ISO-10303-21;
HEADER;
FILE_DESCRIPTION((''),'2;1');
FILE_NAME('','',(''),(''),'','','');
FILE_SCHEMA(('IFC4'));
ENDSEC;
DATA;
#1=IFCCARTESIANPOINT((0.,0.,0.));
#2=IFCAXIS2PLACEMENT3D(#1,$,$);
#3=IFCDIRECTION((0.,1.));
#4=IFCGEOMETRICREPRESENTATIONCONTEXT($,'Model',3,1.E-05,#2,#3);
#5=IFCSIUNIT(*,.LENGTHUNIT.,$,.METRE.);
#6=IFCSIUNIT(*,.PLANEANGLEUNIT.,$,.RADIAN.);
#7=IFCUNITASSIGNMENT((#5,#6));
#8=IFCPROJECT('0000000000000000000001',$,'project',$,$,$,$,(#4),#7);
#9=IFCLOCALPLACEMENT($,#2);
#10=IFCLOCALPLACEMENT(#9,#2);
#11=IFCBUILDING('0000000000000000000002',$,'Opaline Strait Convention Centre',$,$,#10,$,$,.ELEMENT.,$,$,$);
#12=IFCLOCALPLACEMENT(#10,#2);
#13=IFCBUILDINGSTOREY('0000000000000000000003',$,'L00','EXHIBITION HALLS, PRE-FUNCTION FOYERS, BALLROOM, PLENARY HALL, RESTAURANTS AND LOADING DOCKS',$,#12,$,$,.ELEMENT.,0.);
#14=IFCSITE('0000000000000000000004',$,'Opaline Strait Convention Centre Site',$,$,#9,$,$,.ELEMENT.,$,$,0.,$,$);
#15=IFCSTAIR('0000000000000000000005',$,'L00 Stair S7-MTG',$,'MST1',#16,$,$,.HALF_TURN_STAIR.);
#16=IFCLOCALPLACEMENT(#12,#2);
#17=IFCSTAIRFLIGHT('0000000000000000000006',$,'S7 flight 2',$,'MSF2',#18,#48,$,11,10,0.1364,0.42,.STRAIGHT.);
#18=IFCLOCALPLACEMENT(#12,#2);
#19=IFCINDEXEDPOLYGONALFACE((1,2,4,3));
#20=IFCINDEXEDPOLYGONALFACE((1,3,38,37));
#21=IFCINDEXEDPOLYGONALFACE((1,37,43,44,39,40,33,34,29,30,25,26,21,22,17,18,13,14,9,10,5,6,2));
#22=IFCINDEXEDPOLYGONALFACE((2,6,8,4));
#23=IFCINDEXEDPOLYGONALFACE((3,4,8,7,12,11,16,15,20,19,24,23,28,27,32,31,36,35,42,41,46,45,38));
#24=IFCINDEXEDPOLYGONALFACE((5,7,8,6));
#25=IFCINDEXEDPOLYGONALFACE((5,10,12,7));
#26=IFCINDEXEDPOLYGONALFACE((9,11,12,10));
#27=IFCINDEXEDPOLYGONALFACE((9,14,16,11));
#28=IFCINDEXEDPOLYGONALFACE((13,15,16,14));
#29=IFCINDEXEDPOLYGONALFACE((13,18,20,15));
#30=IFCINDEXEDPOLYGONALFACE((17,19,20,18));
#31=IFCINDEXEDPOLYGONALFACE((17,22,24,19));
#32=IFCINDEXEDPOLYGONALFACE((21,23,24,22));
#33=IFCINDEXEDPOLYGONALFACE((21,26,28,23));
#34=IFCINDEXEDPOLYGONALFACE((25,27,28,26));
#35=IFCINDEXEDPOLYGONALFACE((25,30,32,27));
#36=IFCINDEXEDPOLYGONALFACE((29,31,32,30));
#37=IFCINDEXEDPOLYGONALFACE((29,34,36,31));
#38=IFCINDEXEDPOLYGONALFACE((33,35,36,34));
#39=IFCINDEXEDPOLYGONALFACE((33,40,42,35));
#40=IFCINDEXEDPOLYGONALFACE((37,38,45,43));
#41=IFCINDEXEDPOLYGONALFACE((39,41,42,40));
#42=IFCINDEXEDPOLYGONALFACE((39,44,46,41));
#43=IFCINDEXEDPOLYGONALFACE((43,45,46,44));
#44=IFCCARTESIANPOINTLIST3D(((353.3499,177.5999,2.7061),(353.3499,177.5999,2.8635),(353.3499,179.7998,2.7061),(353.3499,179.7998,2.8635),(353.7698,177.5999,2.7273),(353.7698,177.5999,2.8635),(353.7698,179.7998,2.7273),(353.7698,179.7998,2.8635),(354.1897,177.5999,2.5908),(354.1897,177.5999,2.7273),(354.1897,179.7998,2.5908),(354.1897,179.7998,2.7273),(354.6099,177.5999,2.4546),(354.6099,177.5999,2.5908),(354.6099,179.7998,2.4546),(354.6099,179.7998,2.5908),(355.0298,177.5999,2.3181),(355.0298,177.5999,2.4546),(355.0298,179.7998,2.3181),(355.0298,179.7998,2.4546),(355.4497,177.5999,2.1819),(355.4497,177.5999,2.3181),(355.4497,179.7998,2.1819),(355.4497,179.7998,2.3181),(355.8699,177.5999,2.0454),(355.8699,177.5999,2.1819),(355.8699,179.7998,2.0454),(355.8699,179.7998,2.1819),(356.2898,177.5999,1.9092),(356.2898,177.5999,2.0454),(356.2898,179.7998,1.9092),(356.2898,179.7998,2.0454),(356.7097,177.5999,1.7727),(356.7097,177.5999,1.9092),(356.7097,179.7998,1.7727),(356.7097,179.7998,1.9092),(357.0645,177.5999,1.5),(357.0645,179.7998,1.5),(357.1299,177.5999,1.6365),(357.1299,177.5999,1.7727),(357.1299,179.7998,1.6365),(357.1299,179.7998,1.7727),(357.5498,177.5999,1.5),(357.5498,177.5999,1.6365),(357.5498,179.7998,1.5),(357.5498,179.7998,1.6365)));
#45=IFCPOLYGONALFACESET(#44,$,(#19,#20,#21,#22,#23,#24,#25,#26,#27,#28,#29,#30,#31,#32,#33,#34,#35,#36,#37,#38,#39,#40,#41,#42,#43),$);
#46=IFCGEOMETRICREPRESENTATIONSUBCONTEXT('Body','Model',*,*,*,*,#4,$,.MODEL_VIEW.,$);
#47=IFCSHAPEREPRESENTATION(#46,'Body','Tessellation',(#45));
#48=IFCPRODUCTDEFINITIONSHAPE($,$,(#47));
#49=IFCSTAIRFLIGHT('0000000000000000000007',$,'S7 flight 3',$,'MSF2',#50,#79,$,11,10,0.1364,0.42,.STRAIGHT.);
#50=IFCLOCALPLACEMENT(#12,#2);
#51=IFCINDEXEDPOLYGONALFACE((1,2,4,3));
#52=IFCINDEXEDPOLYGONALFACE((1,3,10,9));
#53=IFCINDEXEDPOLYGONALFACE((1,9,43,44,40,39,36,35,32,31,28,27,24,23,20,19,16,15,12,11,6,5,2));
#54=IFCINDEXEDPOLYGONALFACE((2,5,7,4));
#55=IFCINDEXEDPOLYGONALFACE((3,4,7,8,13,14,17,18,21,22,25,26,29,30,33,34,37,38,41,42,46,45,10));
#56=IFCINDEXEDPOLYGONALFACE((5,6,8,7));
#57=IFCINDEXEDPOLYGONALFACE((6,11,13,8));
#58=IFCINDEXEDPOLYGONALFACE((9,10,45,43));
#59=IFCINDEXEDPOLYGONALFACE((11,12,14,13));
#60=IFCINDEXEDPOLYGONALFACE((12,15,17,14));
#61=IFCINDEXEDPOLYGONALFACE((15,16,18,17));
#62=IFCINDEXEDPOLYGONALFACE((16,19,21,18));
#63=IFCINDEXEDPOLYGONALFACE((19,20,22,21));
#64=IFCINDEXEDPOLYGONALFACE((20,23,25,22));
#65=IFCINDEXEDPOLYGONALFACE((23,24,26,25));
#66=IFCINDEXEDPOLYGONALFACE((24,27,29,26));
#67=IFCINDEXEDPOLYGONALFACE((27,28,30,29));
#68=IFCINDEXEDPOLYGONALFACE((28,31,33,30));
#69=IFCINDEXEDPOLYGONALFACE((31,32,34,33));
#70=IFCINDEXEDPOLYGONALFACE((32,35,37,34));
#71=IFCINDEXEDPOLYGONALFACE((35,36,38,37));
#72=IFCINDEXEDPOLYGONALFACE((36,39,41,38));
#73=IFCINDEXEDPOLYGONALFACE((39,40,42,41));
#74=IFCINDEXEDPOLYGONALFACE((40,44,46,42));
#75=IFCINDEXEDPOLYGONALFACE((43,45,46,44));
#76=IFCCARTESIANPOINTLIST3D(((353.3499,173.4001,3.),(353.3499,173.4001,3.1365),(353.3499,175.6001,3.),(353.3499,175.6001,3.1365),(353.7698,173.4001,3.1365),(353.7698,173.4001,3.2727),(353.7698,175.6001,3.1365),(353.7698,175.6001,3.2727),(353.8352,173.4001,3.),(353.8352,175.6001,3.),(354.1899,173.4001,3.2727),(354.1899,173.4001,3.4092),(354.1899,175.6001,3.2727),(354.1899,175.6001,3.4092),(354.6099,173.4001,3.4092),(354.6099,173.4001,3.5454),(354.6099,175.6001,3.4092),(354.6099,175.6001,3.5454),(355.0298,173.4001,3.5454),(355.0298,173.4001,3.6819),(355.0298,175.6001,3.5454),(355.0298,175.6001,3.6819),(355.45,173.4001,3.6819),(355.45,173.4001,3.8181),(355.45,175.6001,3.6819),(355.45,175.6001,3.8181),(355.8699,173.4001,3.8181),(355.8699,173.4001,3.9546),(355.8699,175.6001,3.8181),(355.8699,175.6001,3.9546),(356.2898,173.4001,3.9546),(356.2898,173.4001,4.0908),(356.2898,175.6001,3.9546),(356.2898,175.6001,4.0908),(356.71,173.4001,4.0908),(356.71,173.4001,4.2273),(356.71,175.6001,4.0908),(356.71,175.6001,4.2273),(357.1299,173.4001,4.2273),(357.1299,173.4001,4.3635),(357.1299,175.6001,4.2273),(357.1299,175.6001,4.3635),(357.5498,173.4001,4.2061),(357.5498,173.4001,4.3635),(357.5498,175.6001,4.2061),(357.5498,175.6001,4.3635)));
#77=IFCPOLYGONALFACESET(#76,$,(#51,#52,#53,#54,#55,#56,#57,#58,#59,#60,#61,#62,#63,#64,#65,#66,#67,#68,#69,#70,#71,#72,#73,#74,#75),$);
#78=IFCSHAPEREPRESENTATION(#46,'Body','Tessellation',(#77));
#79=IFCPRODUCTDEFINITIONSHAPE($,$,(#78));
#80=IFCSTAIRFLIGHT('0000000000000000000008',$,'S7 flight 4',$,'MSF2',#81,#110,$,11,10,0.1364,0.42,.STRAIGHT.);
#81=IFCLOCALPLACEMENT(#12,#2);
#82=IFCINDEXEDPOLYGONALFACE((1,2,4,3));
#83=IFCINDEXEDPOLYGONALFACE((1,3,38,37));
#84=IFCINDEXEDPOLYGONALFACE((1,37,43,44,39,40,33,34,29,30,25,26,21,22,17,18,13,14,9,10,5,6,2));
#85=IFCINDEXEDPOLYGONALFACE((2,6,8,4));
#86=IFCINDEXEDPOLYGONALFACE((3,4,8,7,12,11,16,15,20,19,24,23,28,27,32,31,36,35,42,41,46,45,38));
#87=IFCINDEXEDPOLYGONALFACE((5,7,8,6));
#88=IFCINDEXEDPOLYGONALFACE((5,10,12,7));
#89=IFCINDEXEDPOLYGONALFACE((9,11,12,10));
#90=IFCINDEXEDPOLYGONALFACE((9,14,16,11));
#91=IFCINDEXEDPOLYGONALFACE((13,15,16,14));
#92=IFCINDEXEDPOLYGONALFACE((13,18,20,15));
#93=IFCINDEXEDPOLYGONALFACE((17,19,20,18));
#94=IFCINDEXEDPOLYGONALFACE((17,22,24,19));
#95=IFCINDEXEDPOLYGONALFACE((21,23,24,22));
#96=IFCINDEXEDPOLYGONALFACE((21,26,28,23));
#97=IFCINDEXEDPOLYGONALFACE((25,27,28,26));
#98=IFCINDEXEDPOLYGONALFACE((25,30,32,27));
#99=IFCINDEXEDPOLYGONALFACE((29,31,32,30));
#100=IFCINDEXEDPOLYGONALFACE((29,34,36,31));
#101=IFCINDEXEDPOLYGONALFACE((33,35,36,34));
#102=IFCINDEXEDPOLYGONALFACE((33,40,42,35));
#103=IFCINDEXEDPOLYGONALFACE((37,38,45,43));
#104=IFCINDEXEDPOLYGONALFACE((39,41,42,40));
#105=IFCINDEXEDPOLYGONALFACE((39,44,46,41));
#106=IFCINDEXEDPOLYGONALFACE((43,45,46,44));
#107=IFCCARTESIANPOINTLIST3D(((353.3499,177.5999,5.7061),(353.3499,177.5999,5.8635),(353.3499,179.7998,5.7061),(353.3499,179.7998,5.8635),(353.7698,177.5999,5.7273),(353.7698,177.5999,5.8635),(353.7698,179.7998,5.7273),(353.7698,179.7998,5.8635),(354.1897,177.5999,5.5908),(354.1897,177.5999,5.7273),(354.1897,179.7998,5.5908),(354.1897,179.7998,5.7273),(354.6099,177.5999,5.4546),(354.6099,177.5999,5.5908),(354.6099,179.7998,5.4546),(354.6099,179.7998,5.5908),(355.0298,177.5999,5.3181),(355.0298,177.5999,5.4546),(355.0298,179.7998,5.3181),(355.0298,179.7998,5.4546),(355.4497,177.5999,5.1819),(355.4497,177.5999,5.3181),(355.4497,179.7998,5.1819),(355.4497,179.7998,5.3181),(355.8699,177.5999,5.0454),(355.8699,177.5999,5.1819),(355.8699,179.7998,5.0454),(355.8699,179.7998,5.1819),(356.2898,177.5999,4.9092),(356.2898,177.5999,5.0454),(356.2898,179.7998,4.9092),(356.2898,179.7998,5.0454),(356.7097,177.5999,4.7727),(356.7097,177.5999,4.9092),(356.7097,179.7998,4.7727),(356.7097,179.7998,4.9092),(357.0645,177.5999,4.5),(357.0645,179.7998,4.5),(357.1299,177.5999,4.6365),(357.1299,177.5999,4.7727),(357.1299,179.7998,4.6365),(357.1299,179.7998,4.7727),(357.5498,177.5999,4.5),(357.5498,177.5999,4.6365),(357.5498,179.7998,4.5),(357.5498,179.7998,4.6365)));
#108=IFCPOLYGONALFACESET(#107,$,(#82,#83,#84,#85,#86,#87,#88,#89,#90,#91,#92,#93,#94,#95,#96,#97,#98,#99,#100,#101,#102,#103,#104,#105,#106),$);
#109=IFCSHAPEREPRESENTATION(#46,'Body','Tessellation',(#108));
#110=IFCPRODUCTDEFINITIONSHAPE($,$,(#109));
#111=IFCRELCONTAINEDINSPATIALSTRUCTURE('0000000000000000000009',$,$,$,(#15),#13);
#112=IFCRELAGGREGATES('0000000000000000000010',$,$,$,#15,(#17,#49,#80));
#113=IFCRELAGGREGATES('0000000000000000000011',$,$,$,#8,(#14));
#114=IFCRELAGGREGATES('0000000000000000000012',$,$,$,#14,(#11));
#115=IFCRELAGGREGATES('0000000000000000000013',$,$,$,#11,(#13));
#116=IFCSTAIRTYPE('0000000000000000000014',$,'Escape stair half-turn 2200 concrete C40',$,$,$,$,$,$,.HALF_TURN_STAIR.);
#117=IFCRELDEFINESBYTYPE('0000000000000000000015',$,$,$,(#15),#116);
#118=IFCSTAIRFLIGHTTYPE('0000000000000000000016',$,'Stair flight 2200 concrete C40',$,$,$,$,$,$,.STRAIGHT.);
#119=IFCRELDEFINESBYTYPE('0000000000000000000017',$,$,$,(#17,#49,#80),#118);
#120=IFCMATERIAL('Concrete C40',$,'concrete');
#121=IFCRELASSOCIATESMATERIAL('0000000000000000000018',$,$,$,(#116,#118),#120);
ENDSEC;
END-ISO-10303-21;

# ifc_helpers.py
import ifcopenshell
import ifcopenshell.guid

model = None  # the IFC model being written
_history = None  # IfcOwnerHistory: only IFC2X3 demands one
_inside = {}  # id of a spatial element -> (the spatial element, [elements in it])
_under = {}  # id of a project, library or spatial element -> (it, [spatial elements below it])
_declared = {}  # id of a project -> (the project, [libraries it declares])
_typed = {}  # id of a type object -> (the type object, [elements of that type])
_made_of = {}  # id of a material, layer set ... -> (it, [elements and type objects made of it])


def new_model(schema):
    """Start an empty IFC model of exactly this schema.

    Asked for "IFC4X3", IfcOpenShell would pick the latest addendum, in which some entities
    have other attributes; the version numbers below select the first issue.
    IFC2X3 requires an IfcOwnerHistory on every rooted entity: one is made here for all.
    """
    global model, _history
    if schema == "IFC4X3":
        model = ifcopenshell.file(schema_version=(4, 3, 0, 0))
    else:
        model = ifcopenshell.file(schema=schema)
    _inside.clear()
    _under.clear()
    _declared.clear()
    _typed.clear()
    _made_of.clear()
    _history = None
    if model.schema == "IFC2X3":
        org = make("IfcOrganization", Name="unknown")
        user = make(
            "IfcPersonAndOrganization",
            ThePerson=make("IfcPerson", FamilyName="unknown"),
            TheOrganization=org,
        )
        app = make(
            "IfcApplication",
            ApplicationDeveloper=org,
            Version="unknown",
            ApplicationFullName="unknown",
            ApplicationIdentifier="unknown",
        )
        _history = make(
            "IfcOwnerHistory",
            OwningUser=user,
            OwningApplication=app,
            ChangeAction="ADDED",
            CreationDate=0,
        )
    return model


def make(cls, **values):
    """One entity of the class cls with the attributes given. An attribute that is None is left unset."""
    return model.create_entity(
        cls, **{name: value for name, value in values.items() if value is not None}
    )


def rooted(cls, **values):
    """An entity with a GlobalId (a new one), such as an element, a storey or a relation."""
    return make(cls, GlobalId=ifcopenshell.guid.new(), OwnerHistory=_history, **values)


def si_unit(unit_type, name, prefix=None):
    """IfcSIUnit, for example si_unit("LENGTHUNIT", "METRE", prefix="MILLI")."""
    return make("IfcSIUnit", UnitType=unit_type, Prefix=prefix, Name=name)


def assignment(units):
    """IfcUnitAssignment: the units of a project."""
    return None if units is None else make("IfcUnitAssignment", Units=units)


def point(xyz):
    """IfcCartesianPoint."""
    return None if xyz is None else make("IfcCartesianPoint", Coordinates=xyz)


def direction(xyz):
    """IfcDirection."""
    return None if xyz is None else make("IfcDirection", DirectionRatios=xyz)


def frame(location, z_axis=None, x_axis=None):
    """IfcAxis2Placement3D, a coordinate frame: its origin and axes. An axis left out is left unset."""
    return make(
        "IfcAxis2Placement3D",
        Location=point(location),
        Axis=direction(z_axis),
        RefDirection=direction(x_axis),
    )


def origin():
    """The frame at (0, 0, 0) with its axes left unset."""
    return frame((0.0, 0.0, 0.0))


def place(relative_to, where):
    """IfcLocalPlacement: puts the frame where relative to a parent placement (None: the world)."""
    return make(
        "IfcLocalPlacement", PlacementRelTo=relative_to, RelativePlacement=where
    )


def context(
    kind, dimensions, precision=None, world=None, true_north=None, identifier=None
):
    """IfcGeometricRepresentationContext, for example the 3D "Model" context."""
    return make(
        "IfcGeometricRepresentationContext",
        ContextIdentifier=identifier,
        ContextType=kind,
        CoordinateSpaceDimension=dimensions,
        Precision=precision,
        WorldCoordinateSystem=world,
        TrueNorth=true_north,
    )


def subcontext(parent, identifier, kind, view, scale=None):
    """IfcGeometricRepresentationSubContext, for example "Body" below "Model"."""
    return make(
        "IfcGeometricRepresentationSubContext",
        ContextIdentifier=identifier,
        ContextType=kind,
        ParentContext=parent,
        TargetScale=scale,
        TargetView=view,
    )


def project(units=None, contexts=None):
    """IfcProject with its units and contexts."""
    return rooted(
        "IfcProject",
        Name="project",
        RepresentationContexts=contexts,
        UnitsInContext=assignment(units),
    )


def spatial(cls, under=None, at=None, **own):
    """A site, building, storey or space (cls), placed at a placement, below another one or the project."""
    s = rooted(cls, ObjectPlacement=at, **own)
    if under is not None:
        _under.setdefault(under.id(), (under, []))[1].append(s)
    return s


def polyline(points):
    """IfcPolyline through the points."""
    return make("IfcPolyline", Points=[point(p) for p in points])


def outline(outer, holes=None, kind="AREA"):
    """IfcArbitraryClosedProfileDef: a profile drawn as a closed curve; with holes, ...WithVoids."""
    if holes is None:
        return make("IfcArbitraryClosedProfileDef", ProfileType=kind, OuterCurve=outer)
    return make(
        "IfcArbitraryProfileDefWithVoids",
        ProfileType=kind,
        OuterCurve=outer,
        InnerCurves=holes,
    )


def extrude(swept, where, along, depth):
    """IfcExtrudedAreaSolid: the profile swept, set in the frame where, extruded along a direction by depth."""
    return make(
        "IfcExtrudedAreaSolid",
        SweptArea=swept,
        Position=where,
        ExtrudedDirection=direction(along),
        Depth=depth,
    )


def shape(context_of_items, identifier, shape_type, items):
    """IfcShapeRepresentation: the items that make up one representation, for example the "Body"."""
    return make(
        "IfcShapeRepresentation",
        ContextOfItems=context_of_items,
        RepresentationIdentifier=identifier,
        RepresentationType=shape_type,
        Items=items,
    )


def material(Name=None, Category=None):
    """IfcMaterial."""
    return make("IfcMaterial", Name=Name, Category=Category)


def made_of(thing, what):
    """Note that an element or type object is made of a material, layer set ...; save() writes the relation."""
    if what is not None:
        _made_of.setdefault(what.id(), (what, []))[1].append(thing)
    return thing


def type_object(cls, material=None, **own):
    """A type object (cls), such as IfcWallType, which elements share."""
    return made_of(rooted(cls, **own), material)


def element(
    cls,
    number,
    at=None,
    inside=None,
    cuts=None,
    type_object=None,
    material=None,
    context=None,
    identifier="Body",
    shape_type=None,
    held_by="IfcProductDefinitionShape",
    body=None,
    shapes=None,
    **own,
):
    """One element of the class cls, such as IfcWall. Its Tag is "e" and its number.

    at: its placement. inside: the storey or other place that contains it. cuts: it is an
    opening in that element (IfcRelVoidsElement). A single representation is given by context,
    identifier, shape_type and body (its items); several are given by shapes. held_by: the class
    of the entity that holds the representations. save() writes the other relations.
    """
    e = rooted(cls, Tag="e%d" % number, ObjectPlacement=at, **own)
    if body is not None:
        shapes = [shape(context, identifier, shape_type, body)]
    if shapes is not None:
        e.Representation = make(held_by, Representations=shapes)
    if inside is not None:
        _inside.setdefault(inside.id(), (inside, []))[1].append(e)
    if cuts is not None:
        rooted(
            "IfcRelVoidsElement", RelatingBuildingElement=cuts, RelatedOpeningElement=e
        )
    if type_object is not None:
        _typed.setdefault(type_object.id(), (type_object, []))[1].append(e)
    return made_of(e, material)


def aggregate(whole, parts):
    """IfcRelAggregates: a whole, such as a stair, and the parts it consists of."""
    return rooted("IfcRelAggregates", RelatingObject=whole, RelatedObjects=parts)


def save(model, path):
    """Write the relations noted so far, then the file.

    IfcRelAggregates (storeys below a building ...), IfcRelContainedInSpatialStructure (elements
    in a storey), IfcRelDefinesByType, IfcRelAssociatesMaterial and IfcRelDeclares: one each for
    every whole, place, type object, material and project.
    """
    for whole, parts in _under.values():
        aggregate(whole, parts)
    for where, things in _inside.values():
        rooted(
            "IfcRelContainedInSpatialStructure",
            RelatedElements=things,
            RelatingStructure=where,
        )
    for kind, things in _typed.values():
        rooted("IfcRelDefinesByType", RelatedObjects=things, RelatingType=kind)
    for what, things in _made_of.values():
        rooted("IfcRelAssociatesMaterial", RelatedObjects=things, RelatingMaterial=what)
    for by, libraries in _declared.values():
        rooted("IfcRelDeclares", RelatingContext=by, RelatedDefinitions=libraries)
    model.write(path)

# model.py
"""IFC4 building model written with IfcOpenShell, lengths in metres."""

from ifc_helpers import new_model, si_unit, direction, frame, origin, place, context, subcontext, project, spatial, polyline, outline, extrude, material, type_object, element, aggregate, save


model = new_model("IFC4")

# Units and contexts
model_context = context("Model", 3, precision=1e-05, world=origin(), true_north=direction((0.0, 1.0)))
body_context = subcontext(model_context, "Body", "Model", "MODEL_VIEW")
ifc_project = project(units=[si_unit("LENGTHUNIT", "METRE"), si_unit("PLANEANGLEUNIT", "RADIAN")], contexts=[model_context])

# Site, building, storey
site_placement = place(None, origin())
site = spatial("IfcSite", under=ifc_project, at=site_placement, Name="Opaline Strait Convention Centre Site", CompositionType="ELEMENT", RefElevation=0.0)
building_placement = place(site_placement, origin())
building = spatial("IfcBuilding", under=site, at=building_placement, Name="Opaline Strait Convention Centre", CompositionType="ELEMENT")
storey_placement = place(building_placement, origin())
storey = spatial("IfcBuildingStorey", under=building, at=storey_placement, Name="L00", Description="EXHIBITION HALLS, PRE-FUNCTION FOYERS, BALLROOM, PLENARY HALL, RESTAURANTS AND LOADING DOCKS", CompositionType="ELEMENT", Elevation=0.0)

# Shared definitions
ifc_material_1 = material(Name="Concrete C40", Category="concrete")

# Stair, stair flights
stair_type = type_object("IfcStairType", Name="Escape stair half-turn 2200 concrete C40", PredefinedType="HALF_TURN_STAIR", material=ifc_material_1)
stair_placement = place(storey_placement, origin())
stair = element("IfcStair", 1, at=stair_placement, inside=storey, type_object=stair_type, Name="L00 Stair S7-MTG", ObjectType="MST1", PredefinedType="HALF_TURN_STAIR")
stair_flight_type = type_object("IfcStairFlightType", Name="Stair flight 2200 concrete C40", PredefinedType="STRAIGHT", material=ifc_material_1)
stair_flight_1_placement = place(storey_placement, frame((357.5498, 178.7, 1.5), z_axis=(0.0, 0.0, 1.0), x_axis=(-1.0, 0.0, 0.0)))
stair_flight_1 = element("IfcStairFlight", 2, at=stair_flight_1_placement, type_object=stair_flight_type, Name="S7 flight 2", ObjectType="MSF2", NumberOfRisers=11, NumberOfTreads=10, PredefinedType="STRAIGHT", RiserHeight=0.1364, TreadLength=0.42, context=body_context, shape_type="SweptSolid", body=[
    extrude(outline(polyline([(0.0, 0.0), (0.0, 0.1365), (0.4199, 0.1365), (0.4199, 0.2727), (0.8401, 0.2727), (0.8401, 0.4092), (1.26, 0.4092), (1.26, 0.5454), (1.6799, 0.5454), (1.6799, 0.6819), (2.1001, 0.6819), (2.1001, 0.8181), (2.52, 0.8181), (2.52, 0.9546), (2.9399, 0.9546), (2.9399, 1.0908), (3.3601, 1.0908), (3.3601, 1.2273), (3.78, 1.2273), (3.78, 1.3635), (4.2, 1.3635), (4.2, 1.5), (4.2, 1.2061), (0.4854, 0.0), (0.0, 0.0)])), frame((0.0, 1.1001, 0.0), z_axis=(0.0, -1.0, 0.0), x_axis=(1.0, 0.0, 0.0)), (0.0, 0.0, 1.0), 2.2),
])
stair_flight_2_placement = place(storey_placement, frame((353.3499, 174.5, 3.0), z_axis=(0.0, 0.0, 1.0), x_axis=(1.0, 0.0, 0.0)))
stair_flight_2 = element("IfcStairFlight", 3, at=stair_flight_2_placement, type_object=stair_flight_type, Name="S7 flight 3", ObjectType="MSF2", NumberOfRisers=11, NumberOfTreads=10, PredefinedType="STRAIGHT", RiserHeight=0.1364, TreadLength=0.42, context=body_context, shape_type="SweptSolid", body=[
    extrude(outline(polyline([(0.0, 0.0), (0.0, 0.1365), (0.4199, 0.1365), (0.4199, 0.2727), (0.8401, 0.2727), (0.8401, 0.4092), (1.26, 0.4092), (1.26, 0.5454), (1.6799, 0.5454), (1.6799, 0.6819), (2.1001, 0.6819), (2.1001, 0.8181), (2.52, 0.8181), (2.52, 0.9546), (2.9399, 0.9546), (2.9399, 1.0908), (3.3601, 1.0908), (3.3601, 1.2273), (3.78, 1.2273), (3.78, 1.3635), (4.2, 1.3635), (4.2, 1.5), (4.2, 1.2061), (0.4854, 0.0), (0.0, 0.0)])), frame((0.0, 1.1001, 0.0), z_axis=(0.0, -1.0, 0.0), x_axis=(1.0, 0.0, 0.0)), (0.0, 0.0, 1.0), 2.2),
])
stair_flight_3_placement = place(storey_placement, frame((357.5498, 178.7, 4.5), z_axis=(0.0, 0.0, 1.0), x_axis=(-1.0, 0.0, 0.0)))
stair_flight_3 = element("IfcStairFlight", 4, at=stair_flight_3_placement, type_object=stair_flight_type, Name="S7 flight 4", ObjectType="MSF2", NumberOfRisers=11, NumberOfTreads=10, PredefinedType="STRAIGHT", RiserHeight=0.1364, TreadLength=0.42, context=body_context, shape_type="SweptSolid", body=[
    extrude(outline(polyline([(0.0, 0.0), (0.0, 0.1365), (0.4199, 0.1365), (0.4199, 0.2727), (0.8401, 0.2727), (0.8401, 0.4092), (1.26, 0.4092), (1.26, 0.5454), (1.6799, 0.5454), (1.6799, 0.6819), (2.1001, 0.6819), (2.1001, 0.8181), (2.52, 0.8181), (2.52, 0.9546), (2.9399, 0.9546), (2.9399, 1.0908), (3.3601, 1.0908), (3.3601, 1.2273), (3.78, 1.2273), (3.78, 1.3635), (4.2, 1.3635), (4.2, 1.5), (4.2, 1.2061), (0.4854, 0.0), (0.0, 0.0)])), frame((0.0, 1.1001, 0.0), z_axis=(0.0, -1.0, 0.0), x_axis=(1.0, 0.0, 0.0)), (0.0, 0.0, 1.0), 2.2),
])
aggregate(stair, [stair_flight_1, stair_flight_2, stair_flight_3])

save(model, "model.ifc")
